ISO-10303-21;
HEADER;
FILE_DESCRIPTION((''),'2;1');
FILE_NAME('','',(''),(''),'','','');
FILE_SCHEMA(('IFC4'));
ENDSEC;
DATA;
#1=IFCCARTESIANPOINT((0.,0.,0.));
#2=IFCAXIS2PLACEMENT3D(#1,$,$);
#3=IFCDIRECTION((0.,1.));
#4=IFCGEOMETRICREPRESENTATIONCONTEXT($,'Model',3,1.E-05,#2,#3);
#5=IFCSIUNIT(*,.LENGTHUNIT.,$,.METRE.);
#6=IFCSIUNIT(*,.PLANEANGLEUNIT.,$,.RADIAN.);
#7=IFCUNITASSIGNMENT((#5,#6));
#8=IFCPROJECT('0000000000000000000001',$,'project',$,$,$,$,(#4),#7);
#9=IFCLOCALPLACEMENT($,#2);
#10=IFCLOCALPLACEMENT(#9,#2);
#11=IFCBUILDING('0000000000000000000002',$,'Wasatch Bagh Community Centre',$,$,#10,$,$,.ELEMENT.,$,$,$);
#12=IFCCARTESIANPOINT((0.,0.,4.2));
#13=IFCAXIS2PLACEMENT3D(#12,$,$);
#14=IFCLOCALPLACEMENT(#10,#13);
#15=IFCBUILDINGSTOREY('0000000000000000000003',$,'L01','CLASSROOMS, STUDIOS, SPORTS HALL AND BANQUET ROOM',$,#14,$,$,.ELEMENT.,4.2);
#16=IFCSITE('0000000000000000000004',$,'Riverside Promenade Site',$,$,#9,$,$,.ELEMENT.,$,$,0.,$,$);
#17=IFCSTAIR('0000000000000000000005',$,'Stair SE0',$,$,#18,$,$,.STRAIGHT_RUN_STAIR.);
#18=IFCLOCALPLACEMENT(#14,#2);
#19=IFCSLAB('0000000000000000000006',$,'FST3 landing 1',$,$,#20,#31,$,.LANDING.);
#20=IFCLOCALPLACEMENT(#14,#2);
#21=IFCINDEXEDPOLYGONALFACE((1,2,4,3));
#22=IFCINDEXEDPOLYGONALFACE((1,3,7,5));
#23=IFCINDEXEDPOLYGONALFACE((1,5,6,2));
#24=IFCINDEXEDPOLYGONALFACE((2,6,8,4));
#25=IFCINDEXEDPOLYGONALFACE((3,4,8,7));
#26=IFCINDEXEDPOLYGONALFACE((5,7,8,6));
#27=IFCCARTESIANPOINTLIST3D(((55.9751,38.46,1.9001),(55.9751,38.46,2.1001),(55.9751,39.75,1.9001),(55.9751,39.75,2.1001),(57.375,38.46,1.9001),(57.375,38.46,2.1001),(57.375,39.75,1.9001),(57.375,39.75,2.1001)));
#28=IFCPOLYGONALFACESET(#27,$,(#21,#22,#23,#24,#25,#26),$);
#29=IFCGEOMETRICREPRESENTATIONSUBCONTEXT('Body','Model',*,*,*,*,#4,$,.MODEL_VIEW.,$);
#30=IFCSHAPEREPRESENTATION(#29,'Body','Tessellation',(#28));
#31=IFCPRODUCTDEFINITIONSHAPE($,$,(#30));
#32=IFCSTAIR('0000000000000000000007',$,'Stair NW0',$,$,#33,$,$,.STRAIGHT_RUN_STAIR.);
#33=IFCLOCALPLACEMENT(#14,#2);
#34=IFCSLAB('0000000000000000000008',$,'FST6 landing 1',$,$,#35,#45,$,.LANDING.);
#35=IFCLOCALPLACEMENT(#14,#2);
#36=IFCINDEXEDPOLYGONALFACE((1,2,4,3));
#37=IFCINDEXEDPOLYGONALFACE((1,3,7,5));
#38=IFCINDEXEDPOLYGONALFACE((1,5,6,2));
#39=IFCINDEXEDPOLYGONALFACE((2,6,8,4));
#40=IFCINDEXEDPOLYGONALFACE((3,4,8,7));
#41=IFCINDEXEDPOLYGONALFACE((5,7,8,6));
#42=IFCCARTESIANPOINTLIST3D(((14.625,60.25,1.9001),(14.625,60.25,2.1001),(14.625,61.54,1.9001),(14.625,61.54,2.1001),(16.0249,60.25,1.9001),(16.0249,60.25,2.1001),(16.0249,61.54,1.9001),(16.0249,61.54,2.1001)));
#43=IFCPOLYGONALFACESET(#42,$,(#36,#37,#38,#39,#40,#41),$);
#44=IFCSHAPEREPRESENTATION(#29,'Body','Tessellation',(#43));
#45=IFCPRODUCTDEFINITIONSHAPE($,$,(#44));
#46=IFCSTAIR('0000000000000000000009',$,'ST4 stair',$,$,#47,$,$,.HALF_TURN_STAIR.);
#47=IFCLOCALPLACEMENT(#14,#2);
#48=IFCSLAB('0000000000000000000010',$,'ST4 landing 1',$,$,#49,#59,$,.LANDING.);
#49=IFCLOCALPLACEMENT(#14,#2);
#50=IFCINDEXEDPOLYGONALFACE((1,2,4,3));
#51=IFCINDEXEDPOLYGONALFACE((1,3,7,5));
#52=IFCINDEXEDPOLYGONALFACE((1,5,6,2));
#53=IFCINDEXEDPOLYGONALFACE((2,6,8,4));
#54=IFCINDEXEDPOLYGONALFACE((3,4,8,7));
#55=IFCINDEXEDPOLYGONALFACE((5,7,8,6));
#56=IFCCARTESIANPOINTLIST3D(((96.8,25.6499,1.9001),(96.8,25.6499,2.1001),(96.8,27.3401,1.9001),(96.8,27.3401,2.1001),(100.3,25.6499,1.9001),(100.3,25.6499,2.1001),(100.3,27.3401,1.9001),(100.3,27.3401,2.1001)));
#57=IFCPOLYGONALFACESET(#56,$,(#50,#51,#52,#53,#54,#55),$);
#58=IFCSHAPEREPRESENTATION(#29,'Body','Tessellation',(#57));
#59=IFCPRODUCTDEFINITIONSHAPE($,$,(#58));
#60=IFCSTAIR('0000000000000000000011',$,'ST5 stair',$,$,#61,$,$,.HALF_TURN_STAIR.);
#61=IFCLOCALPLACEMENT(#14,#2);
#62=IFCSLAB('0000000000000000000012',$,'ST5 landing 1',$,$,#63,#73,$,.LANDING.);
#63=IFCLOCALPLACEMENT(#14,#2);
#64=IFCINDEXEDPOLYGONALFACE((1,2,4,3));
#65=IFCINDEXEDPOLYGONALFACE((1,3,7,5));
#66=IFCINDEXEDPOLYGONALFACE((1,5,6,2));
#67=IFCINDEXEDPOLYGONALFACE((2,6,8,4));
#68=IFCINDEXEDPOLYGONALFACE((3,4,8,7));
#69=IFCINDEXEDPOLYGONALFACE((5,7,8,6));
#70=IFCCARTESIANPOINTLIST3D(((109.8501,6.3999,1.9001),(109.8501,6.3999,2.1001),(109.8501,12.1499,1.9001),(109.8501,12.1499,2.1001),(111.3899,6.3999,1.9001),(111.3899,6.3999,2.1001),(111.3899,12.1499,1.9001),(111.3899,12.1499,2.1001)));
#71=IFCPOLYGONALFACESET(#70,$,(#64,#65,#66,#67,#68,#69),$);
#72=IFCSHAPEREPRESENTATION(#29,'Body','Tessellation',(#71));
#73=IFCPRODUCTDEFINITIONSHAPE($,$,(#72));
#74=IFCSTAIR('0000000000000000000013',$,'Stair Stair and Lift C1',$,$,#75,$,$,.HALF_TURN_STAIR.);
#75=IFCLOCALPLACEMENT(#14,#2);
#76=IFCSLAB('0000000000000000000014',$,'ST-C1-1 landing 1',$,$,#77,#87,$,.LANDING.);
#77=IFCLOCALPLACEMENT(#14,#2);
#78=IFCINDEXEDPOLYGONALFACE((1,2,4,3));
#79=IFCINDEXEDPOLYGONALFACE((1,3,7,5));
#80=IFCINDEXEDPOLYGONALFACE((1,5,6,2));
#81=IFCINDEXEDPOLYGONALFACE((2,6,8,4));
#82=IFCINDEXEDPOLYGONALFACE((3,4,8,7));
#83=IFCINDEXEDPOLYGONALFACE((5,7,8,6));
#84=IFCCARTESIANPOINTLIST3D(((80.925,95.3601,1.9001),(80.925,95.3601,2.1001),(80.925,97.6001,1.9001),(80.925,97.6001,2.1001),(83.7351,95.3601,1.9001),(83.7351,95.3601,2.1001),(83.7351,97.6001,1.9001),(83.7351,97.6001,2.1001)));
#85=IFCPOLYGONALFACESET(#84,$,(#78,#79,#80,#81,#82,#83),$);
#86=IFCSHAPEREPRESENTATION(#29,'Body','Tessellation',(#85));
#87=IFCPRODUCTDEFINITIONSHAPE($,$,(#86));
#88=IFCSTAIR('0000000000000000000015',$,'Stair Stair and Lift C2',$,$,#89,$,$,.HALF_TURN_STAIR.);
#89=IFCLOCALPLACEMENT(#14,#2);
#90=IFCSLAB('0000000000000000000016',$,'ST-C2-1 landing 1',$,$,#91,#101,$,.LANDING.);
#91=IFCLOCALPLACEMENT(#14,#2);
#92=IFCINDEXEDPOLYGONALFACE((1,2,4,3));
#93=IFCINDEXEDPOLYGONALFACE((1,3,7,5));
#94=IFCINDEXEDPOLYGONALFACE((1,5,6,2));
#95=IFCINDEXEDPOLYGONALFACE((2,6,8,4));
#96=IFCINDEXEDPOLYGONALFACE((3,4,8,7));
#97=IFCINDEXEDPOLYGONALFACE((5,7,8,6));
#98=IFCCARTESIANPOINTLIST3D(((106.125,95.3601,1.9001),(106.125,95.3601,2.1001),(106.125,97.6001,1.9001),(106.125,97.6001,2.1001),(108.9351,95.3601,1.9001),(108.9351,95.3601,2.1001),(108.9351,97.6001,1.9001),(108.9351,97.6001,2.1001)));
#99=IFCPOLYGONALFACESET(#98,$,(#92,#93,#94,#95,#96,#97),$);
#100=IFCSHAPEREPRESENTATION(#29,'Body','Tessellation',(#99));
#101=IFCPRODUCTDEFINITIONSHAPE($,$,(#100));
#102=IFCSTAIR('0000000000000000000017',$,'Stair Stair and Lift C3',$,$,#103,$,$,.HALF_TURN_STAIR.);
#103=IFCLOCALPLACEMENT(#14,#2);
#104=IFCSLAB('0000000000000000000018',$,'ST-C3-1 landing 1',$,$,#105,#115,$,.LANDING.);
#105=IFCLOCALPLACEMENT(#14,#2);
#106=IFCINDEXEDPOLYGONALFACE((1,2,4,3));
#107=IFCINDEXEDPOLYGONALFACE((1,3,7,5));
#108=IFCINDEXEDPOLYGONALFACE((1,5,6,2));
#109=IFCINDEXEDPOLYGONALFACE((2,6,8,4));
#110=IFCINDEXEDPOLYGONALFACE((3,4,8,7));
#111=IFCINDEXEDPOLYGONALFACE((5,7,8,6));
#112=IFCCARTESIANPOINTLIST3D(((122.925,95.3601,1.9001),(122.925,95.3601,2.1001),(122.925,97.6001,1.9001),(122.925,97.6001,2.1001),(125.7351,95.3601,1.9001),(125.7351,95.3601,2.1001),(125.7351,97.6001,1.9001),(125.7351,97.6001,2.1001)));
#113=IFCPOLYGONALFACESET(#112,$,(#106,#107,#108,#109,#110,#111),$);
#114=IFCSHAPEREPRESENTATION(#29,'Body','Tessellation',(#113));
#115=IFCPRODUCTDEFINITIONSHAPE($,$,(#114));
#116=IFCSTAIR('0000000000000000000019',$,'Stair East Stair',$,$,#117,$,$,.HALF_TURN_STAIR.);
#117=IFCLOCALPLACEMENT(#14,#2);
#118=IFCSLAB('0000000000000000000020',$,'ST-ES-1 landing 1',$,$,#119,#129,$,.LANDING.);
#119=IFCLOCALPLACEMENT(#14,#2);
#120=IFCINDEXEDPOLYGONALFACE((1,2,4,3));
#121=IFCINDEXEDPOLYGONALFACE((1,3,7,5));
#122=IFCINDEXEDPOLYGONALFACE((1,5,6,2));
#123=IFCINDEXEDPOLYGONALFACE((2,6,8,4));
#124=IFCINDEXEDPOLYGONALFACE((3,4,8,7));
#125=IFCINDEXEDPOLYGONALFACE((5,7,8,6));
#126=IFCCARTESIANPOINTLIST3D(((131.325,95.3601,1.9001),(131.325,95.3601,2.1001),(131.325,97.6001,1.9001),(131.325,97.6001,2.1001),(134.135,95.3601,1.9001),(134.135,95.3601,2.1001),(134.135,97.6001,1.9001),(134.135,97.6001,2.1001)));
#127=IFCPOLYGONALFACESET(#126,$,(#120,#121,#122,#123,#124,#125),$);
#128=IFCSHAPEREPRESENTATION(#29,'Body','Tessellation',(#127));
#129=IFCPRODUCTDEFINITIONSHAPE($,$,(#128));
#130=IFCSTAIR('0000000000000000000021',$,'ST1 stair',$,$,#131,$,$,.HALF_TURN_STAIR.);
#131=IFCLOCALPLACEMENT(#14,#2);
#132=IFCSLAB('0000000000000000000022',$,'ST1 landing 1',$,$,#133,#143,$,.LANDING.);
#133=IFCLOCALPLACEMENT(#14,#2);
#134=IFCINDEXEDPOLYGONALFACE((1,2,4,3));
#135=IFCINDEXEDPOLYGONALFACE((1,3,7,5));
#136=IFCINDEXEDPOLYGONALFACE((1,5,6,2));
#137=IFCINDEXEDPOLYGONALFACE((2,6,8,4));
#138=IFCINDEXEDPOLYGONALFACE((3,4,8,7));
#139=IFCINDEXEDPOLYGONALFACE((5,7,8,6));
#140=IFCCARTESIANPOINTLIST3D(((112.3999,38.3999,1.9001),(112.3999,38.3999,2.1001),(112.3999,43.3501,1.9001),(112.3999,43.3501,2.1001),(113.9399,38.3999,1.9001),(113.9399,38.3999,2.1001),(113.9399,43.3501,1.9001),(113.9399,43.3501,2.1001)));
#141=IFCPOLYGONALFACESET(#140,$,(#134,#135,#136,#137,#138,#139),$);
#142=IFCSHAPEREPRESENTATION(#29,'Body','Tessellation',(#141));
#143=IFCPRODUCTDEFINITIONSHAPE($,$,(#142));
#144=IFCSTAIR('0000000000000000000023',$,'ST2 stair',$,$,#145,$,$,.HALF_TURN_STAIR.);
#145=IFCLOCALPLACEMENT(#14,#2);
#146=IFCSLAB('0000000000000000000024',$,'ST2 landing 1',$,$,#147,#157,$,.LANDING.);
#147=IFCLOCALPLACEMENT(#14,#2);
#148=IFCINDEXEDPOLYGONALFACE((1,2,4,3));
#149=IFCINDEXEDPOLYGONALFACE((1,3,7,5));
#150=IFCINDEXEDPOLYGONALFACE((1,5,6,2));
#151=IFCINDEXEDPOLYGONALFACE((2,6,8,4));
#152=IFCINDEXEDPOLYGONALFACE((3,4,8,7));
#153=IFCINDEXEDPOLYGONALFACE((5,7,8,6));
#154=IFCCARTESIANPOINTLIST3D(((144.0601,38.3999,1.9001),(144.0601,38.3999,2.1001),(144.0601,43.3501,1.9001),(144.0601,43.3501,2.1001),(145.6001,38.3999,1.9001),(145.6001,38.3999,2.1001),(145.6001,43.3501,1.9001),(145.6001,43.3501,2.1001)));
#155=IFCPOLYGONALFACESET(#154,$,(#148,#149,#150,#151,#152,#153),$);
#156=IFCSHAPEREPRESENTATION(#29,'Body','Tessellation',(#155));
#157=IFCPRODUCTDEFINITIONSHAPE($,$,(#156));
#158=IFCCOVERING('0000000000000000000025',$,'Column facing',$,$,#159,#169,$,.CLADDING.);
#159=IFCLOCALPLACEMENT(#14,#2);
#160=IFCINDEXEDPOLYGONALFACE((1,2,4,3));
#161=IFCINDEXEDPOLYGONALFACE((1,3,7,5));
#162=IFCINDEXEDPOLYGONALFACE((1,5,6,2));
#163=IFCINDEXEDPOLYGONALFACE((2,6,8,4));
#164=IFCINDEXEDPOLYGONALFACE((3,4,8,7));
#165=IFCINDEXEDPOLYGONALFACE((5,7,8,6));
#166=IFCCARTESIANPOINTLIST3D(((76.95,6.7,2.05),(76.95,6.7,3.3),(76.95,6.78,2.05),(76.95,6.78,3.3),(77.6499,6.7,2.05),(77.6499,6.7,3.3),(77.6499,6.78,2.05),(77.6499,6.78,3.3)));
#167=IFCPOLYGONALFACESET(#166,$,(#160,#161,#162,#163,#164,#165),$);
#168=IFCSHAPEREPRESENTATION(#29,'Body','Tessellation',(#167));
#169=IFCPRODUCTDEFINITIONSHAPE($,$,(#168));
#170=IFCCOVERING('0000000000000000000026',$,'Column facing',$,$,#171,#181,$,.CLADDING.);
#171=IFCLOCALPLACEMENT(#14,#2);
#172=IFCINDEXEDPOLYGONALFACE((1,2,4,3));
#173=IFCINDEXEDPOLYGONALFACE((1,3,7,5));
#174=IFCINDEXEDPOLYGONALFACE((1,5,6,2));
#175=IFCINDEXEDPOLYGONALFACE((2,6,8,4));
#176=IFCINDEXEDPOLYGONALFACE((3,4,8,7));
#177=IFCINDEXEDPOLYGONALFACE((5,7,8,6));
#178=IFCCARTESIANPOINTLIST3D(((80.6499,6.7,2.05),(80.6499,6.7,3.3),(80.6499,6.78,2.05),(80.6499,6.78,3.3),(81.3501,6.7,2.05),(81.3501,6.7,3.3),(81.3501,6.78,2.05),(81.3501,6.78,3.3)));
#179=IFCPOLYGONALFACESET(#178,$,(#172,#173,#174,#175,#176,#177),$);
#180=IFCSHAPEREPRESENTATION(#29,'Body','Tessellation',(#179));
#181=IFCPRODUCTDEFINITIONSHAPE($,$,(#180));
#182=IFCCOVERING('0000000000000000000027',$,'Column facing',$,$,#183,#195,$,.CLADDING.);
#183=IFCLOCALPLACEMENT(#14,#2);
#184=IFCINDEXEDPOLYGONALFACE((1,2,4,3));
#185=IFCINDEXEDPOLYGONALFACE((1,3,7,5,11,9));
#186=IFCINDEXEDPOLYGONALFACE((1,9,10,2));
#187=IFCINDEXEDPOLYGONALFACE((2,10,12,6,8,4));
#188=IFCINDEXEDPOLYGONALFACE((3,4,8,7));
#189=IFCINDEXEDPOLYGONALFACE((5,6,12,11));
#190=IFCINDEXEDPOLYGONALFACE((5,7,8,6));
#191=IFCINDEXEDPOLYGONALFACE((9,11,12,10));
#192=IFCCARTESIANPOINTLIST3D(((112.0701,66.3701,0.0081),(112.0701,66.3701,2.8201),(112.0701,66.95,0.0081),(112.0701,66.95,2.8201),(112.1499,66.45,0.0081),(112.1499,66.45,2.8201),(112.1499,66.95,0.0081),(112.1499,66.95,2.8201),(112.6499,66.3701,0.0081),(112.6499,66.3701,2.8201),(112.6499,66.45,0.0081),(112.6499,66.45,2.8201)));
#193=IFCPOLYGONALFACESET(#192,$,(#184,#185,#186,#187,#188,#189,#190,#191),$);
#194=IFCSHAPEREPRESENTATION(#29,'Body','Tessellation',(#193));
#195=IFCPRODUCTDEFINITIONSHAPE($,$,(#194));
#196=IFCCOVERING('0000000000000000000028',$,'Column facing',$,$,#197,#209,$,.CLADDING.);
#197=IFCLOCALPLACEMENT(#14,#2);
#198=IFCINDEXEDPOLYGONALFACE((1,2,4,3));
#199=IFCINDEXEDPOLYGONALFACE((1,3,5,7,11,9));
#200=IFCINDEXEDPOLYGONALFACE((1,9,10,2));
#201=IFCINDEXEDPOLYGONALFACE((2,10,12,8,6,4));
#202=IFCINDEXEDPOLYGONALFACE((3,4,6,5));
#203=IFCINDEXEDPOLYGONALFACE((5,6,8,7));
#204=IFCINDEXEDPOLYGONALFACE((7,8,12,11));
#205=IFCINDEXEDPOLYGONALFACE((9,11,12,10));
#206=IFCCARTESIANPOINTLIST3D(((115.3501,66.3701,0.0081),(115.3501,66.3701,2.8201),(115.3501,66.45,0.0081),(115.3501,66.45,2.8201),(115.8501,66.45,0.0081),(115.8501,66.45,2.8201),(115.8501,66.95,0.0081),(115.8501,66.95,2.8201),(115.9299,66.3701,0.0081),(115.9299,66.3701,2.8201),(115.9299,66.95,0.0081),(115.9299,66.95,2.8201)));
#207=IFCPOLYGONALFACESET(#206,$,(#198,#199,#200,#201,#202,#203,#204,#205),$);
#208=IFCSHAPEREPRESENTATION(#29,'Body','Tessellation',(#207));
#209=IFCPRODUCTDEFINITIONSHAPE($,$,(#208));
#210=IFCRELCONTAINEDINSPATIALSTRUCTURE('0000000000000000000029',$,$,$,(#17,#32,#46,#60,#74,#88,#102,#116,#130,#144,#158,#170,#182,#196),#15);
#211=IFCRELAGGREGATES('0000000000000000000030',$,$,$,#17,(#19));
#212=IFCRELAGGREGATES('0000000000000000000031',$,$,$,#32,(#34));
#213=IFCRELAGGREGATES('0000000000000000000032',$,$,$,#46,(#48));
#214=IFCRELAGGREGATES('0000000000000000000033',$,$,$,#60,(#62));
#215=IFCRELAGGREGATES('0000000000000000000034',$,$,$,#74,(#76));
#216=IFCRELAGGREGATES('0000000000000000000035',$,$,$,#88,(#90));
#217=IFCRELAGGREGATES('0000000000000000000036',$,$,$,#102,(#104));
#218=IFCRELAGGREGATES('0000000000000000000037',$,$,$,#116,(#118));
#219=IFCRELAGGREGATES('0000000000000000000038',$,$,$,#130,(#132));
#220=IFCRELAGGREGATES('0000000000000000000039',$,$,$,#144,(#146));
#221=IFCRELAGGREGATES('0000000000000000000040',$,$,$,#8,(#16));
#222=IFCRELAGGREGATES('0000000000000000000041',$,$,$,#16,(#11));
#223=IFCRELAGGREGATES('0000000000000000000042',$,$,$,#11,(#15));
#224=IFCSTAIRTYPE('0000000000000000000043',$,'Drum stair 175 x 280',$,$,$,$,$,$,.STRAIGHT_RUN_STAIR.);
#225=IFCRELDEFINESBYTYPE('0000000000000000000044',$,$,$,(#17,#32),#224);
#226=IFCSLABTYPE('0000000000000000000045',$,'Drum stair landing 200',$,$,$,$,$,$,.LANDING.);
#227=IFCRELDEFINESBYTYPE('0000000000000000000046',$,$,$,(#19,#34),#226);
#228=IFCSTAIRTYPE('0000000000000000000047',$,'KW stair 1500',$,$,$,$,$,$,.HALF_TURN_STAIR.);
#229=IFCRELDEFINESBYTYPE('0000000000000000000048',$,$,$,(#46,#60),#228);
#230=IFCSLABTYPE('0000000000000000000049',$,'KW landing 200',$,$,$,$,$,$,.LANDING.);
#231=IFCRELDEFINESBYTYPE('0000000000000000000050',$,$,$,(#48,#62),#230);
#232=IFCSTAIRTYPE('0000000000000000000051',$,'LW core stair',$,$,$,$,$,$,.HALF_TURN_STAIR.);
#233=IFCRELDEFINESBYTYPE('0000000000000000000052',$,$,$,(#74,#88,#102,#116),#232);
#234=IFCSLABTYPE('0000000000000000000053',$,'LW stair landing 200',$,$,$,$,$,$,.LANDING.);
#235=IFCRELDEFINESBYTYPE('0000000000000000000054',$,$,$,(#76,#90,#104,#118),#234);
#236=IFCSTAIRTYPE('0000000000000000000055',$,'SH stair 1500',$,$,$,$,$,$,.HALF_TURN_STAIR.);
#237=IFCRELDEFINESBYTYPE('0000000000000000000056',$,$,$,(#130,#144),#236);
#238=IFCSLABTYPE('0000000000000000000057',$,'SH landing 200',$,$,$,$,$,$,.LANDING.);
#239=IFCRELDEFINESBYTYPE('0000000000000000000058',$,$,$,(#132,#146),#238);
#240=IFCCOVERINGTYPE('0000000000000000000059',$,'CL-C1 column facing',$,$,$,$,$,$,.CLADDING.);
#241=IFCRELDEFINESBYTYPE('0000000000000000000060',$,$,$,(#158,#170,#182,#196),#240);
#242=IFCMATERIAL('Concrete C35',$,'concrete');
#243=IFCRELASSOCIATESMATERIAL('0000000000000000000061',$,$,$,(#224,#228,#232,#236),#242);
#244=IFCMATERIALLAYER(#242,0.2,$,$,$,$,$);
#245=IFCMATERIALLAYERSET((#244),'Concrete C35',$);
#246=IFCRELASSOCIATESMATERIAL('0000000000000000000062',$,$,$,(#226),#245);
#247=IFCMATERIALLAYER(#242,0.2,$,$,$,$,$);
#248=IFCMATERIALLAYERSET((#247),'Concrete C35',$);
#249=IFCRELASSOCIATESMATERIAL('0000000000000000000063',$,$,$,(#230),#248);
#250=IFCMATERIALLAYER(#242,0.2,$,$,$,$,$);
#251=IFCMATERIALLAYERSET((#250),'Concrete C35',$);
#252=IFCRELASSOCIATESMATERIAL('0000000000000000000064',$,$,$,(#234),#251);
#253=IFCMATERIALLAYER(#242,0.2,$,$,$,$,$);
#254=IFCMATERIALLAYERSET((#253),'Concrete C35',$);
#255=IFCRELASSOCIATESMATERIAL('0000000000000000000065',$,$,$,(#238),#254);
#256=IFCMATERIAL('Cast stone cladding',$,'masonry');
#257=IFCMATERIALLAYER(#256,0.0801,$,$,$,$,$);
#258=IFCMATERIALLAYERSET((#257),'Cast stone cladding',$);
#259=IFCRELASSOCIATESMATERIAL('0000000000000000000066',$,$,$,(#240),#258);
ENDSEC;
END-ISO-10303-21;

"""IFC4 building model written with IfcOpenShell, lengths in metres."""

from ifc_helpers import new_model, si_unit, direction, frame, origin, place, context, subcontext, project, spatial, polyline, outline, extrude, material, layer, layer_set, type_object, element, aggregate, save


model = new_model("IFC4")

# Units and contexts
model_context = context("Model", 3, precision=1e-05, world=origin(), true_north=direction((0.0, 1.0)))
body_context = subcontext(model_context, "Body", "Model", "MODEL_VIEW")
ifc_project = project(units=[si_unit("LENGTHUNIT", "METRE"), si_unit("PLANEANGLEUNIT", "RADIAN")], contexts=[model_context])

# Site, building, storey
site_placement = place(None, origin())
site = spatial("IfcSite", under=ifc_project, at=site_placement, Name="Riverside Promenade Site", CompositionType="ELEMENT", RefElevation=0.0)
building_placement = place(site_placement, origin())
building = spatial("IfcBuilding", under=site, at=building_placement, Name="Wasatch Bagh Community Centre", CompositionType="ELEMENT")
storey_placement = place(building_placement, frame((0.0, 0.0, 4.2)))
storey = spatial("IfcBuildingStorey", under=building, at=storey_placement, Name="L01", Description="CLASSROOMS, STUDIOS, SPORTS HALL AND BANQUET ROOM", CompositionType="ELEMENT", Elevation=4.2)

# Stairs, slabs
ifc_material_1 = material(Name="Concrete C35", Category="concrete")
stair_type_1 = type_object("IfcStairType", Name="Drum stair 175 x 280", PredefinedType="STRAIGHT_RUN_STAIR", material=ifc_material_1)
stair_1_placement = place(storey_placement, origin())
stair_1 = element("IfcStair", 1, at=stair_1_placement, inside=storey, type_object=stair_type_1, Name="Stair SE0", PredefinedType="STRAIGHT_RUN_STAIR")
ifc_layer_1 = layer(ifc_material_1, 0.2)
ifc_layer_set_1 = layer_set([ifc_layer_1], Name="Concrete C35")
slab_type_1 = type_object("IfcSlabType", Name="Drum stair landing 200", PredefinedType="LANDING", material=ifc_layer_set_1)
slab_1_placement = place(storey_placement, frame((0.0, 0.0, 1.9001)))
slab_1 = element("IfcSlab", 2, at=slab_1_placement, type_object=slab_type_1, Name="FST3 landing 1", PredefinedType="LANDING", context=body_context, shape_type="SweptSolid", body=[
    extrude(outline(polyline([(55.9751, 38.46), (57.375, 38.46), (57.375, 39.75), (55.9751, 39.75), (55.9751, 38.46)])), origin(), (0.0, 0.0, 1.0), 0.2),
])
aggregate(stair_1, [slab_1])
stair_2_placement = place(storey_placement, origin())
stair_2 = element("IfcStair", 3, at=stair_2_placement, inside=storey, type_object=stair_type_1, Name="Stair NW0", PredefinedType="STRAIGHT_RUN_STAIR")
slab_2_placement = place(storey_placement, frame((0.0, 0.0, 1.9001)))
slab_2 = element("IfcSlab", 4, at=slab_2_placement, type_object=slab_type_1, Name="FST6 landing 1", PredefinedType="LANDING", context=body_context, shape_type="SweptSolid", body=[
    extrude(outline(polyline([(16.0249, 61.54), (14.625, 61.54), (14.625, 60.25), (16.0249, 60.25), (16.0249, 61.54)])), origin(), (0.0, 0.0, 1.0), 0.2),
])
aggregate(stair_2, [slab_2])
stair_type_2 = type_object("IfcStairType", Name="KW stair 1500", PredefinedType="HALF_TURN_STAIR", material=ifc_material_1)
stair_3_placement = place(storey_placement, origin())
stair_3 = element("IfcStair", 5, at=stair_3_placement, inside=storey, type_object=stair_type_2, Name="ST4 stair", PredefinedType="HALF_TURN_STAIR")
ifc_layer_2 = layer(ifc_material_1, 0.2)
ifc_layer_set_2 = layer_set([ifc_layer_2], Name="Concrete C35")
slab_type_2 = type_object("IfcSlabType", Name="KW landing 200", PredefinedType="LANDING", material=ifc_layer_set_2)
slab_3_placement = place(storey_placement, frame((0.0, 0.0, 1.9001)))
slab_3 = element("IfcSlab", 6, at=slab_3_placement, type_object=slab_type_2, Name="ST4 landing 1", PredefinedType="LANDING", context=body_context, shape_type="SweptSolid", body=[
    extrude(outline(polyline([(96.8, 27.3401), (96.8, 25.6499), (100.3, 25.6499), (100.3, 27.3401), (96.8, 27.3401)])), origin(), (0.0, 0.0, 1.0), 0.2),
])
aggregate(stair_3, [slab_3])
stair_4_placement = place(storey_placement, origin())
stair_4 = element("IfcStair", 7, at=stair_4_placement, inside=storey, type_object=stair_type_2, Name="ST5 stair", PredefinedType="HALF_TURN_STAIR")
slab_4_placement = place(storey_placement, frame((0.0, 0.0, 1.9001)))
slab_4 = element("IfcSlab", 8, at=slab_4_placement, type_object=slab_type_2, Name="ST5 landing 1", PredefinedType="LANDING", context=body_context, shape_type="SweptSolid", body=[
    extrude(outline(polyline([(111.3899, 6.3999), (109.8501, 6.3999), (109.8501, 12.1499), (111.3899, 12.1499), (111.3899, 6.3999)])), origin(), (0.0, 0.0, 1.0), 0.2),
])
aggregate(stair_4, [slab_4])
stair_type_3 = type_object("IfcStairType", Name="LW core stair", PredefinedType="HALF_TURN_STAIR", material=ifc_material_1)
stair_5_placement = place(storey_placement, origin())
stair_5 = element("IfcStair", 9, at=stair_5_placement, inside=storey, type_object=stair_type_3, Name="Stair Stair and Lift C1", PredefinedType="HALF_TURN_STAIR")
ifc_layer_3 = layer(ifc_material_1, 0.2)
ifc_layer_set_3 = layer_set([ifc_layer_3], Name="Concrete C35")
slab_type_3 = type_object("IfcSlabType", Name="LW stair landing 200", PredefinedType="LANDING", material=ifc_layer_set_3)
slab_5_placement = place(storey_placement, frame((0.0, 0.0, 1.9001)))
slab_5 = element("IfcSlab", 10, at=slab_5_placement, type_object=slab_type_3, Name="ST-C1-1 landing 1", PredefinedType="LANDING", context=body_context, shape_type="SweptSolid", body=[
    extrude(outline(polyline([(80.925, 95.3601), (83.7351, 95.3601), (83.7351, 97.6001), (80.925, 97.6001), (80.925, 95.3601)])), origin(), (0.0, 0.0, 1.0), 0.2),
])
aggregate(stair_5, [slab_5])
stair_6_placement = place(storey_placement, origin())
stair_6 = element("IfcStair", 11, at=stair_6_placement, inside=storey, type_object=stair_type_3, Name="Stair Stair and Lift C2", PredefinedType="HALF_TURN_STAIR")
slab_6_placement = place(storey_placement, frame((0.0, 0.0, 1.9001)))
slab_6 = element("IfcSlab", 12, at=slab_6_placement, type_object=slab_type_3, Name="ST-C2-1 landing 1", PredefinedType="LANDING", context=body_context, shape_type="SweptSolid", body=[
    extrude(outline(polyline([(106.125, 95.3601), (108.9351, 95.3601), (108.9351, 97.6001), (106.125, 97.6001), (106.125, 95.3601)])), origin(), (0.0, 0.0, 1.0), 0.2),
])
aggregate(stair_6, [slab_6])
stair_7_placement = place(storey_placement, origin())
stair_7 = element("IfcStair", 13, at=stair_7_placement, inside=storey, type_object=stair_type_3, Name="Stair Stair and Lift C3", PredefinedType="HALF_TURN_STAIR")
slab_7_placement = place(storey_placement, frame((0.0, 0.0, 1.9001)))
slab_7 = element("IfcSlab", 14, at=slab_7_placement, type_object=slab_type_3, Name="ST-C3-1 landing 1", PredefinedType="LANDING", context=body_context, shape_type="SweptSolid", body=[
    extrude(outline(polyline([(122.925, 95.3601), (125.7351, 95.3601), (125.7351, 97.6001), (122.925, 97.6001), (122.925, 95.3601)])), origin(), (0.0, 0.0, 1.0), 0.2),
])
aggregate(stair_7, [slab_7])
stair_8_placement = place(storey_placement, origin())
stair_8 = element("IfcStair", 15, at=stair_8_placement, inside=storey, type_object=stair_type_3, Name="Stair East Stair", PredefinedType="HALF_TURN_STAIR")
slab_8_placement = place(storey_placement, frame((0.0, 0.0, 1.9001)))
slab_8 = element("IfcSlab", 16, at=slab_8_placement, type_object=slab_type_3, Name="ST-ES-1 landing 1", PredefinedType="LANDING", context=body_context, shape_type="SweptSolid", body=[
    extrude(outline(polyline([(131.325, 95.3601), (134.135, 95.3601), (134.135, 97.6001), (131.325, 97.6001), (131.325, 95.3601)])), origin(), (0.0, 0.0, 1.0), 0.2),
])
aggregate(stair_8, [slab_8])
stair_type_4 = type_object("IfcStairType", Name="SH stair 1500", PredefinedType="HALF_TURN_STAIR", material=ifc_material_1)
stair_9_placement = place(storey_placement, origin())
stair_9 = element("IfcStair", 17, at=stair_9_placement, inside=storey, type_object=stair_type_4, Name="ST1 stair", PredefinedType="HALF_TURN_STAIR")
ifc_layer_4 = layer(ifc_material_1, 0.2)
ifc_layer_set_4 = layer_set([ifc_layer_4], Name="Concrete C35")
slab_type_4 = type_object("IfcSlabType", Name="SH landing 200", PredefinedType="LANDING", material=ifc_layer_set_4)
slab_9_placement = place(storey_placement, frame((0.0, 0.0, 1.9001)))
slab_9 = element("IfcSlab", 18, at=slab_9_placement, type_object=slab_type_4, Name="ST1 landing 1", PredefinedType="LANDING", context=body_context, shape_type="SweptSolid", body=[
    extrude(outline(polyline([(113.9399, 38.3999), (112.3999, 38.3999), (112.3999, 43.3501), (113.9399, 43.3501), (113.9399, 38.3999)])), origin(), (0.0, 0.0, 1.0), 0.2),
])
aggregate(stair_9, [slab_9])
stair_10_placement = place(storey_placement, origin())
stair_10 = element("IfcStair", 19, at=stair_10_placement, inside=storey, type_object=stair_type_4, Name="ST2 stair", PredefinedType="HALF_TURN_STAIR")
slab_10_placement = place(storey_placement, frame((0.0, 0.0, 1.9001)))
slab_10 = element("IfcSlab", 20, at=slab_10_placement, type_object=slab_type_4, Name="ST2 landing 1", PredefinedType="LANDING", context=body_context, shape_type="SweptSolid", body=[
    extrude(outline(polyline([(144.0601, 38.3999), (145.6001, 38.3999), (145.6001, 43.3501), (144.0601, 43.3501), (144.0601, 38.3999)])), origin(), (0.0, 0.0, 1.0), 0.2),
])
aggregate(stair_10, [slab_10])

# Coverings
ifc_material_2 = material(Name="Cast stone cladding", Category="masonry")
ifc_layer_5 = layer(ifc_material_2, 0.0801)
ifc_layer_set_5 = layer_set([ifc_layer_5], Name="Cast stone cladding")
covering_type = type_object("IfcCoveringType", Name="CL-C1 column facing", PredefinedType="CLADDING", material=ifc_layer_set_5)
covering_1_placement = place(storey_placement, frame((0.0, 0.0, 2.05)))
element("IfcCovering", 21, at=covering_1_placement, inside=storey, type_object=covering_type, Name="Column facing", PredefinedType="CLADDING", context=body_context, shape_type="SweptSolid", body=[
    extrude(outline(polyline([(77.6499, 6.7), (76.95, 6.7), (76.95, 6.78), (77.6499, 6.78), (77.6499, 6.7)])), origin(), (0.0, 0.0, 1.0), 1.25),
])
covering_2_placement = place(storey_placement, frame((0.0, 0.0, 2.05)))
element("IfcCovering", 22, at=covering_2_placement, inside=storey, type_object=covering_type, Name="Column facing", PredefinedType="CLADDING", context=body_context, shape_type="SweptSolid", body=[
    extrude(outline(polyline([(81.3501, 6.7), (80.6499, 6.7), (80.6499, 6.78), (81.3501, 6.78), (81.3501, 6.7)])), origin(), (0.0, 0.0, 1.0), 1.25),
])
covering_3_placement = place(storey_placement, frame((0.0, 0.0, 0.0081)))
element("IfcCovering", 23, at=covering_3_placement, inside=storey, type_object=covering_type, Name="Column facing", PredefinedType="CLADDING", context=body_context, shape_type="SweptSolid", body=[
    extrude(outline(polyline([(112.0701, 66.3701), (112.0701, 66.95), (112.1499, 66.95), (112.1499, 66.45), (112.6499, 66.45), (112.6499, 66.3701), (112.0701, 66.3701)])), origin(), (0.0, 0.0, 1.0), 2.812),
])
covering_4_placement = place(storey_placement, frame((0.0, 0.0, 0.0081)))
element("IfcCovering", 24, at=covering_4_placement, inside=storey, type_object=covering_type, Name="Column facing", PredefinedType="CLADDING", context=body_context, shape_type="SweptSolid", body=[
    extrude(outline(polyline([(115.8501, 66.45), (115.8501, 66.95), (115.9299, 66.95), (115.9299, 66.3701), (115.3501, 66.3701), (115.3501, 66.45), (115.8501, 66.45)])), origin(), (0.0, 0.0, 1.0), 2.812),
])

save(model, "model.ifc")
